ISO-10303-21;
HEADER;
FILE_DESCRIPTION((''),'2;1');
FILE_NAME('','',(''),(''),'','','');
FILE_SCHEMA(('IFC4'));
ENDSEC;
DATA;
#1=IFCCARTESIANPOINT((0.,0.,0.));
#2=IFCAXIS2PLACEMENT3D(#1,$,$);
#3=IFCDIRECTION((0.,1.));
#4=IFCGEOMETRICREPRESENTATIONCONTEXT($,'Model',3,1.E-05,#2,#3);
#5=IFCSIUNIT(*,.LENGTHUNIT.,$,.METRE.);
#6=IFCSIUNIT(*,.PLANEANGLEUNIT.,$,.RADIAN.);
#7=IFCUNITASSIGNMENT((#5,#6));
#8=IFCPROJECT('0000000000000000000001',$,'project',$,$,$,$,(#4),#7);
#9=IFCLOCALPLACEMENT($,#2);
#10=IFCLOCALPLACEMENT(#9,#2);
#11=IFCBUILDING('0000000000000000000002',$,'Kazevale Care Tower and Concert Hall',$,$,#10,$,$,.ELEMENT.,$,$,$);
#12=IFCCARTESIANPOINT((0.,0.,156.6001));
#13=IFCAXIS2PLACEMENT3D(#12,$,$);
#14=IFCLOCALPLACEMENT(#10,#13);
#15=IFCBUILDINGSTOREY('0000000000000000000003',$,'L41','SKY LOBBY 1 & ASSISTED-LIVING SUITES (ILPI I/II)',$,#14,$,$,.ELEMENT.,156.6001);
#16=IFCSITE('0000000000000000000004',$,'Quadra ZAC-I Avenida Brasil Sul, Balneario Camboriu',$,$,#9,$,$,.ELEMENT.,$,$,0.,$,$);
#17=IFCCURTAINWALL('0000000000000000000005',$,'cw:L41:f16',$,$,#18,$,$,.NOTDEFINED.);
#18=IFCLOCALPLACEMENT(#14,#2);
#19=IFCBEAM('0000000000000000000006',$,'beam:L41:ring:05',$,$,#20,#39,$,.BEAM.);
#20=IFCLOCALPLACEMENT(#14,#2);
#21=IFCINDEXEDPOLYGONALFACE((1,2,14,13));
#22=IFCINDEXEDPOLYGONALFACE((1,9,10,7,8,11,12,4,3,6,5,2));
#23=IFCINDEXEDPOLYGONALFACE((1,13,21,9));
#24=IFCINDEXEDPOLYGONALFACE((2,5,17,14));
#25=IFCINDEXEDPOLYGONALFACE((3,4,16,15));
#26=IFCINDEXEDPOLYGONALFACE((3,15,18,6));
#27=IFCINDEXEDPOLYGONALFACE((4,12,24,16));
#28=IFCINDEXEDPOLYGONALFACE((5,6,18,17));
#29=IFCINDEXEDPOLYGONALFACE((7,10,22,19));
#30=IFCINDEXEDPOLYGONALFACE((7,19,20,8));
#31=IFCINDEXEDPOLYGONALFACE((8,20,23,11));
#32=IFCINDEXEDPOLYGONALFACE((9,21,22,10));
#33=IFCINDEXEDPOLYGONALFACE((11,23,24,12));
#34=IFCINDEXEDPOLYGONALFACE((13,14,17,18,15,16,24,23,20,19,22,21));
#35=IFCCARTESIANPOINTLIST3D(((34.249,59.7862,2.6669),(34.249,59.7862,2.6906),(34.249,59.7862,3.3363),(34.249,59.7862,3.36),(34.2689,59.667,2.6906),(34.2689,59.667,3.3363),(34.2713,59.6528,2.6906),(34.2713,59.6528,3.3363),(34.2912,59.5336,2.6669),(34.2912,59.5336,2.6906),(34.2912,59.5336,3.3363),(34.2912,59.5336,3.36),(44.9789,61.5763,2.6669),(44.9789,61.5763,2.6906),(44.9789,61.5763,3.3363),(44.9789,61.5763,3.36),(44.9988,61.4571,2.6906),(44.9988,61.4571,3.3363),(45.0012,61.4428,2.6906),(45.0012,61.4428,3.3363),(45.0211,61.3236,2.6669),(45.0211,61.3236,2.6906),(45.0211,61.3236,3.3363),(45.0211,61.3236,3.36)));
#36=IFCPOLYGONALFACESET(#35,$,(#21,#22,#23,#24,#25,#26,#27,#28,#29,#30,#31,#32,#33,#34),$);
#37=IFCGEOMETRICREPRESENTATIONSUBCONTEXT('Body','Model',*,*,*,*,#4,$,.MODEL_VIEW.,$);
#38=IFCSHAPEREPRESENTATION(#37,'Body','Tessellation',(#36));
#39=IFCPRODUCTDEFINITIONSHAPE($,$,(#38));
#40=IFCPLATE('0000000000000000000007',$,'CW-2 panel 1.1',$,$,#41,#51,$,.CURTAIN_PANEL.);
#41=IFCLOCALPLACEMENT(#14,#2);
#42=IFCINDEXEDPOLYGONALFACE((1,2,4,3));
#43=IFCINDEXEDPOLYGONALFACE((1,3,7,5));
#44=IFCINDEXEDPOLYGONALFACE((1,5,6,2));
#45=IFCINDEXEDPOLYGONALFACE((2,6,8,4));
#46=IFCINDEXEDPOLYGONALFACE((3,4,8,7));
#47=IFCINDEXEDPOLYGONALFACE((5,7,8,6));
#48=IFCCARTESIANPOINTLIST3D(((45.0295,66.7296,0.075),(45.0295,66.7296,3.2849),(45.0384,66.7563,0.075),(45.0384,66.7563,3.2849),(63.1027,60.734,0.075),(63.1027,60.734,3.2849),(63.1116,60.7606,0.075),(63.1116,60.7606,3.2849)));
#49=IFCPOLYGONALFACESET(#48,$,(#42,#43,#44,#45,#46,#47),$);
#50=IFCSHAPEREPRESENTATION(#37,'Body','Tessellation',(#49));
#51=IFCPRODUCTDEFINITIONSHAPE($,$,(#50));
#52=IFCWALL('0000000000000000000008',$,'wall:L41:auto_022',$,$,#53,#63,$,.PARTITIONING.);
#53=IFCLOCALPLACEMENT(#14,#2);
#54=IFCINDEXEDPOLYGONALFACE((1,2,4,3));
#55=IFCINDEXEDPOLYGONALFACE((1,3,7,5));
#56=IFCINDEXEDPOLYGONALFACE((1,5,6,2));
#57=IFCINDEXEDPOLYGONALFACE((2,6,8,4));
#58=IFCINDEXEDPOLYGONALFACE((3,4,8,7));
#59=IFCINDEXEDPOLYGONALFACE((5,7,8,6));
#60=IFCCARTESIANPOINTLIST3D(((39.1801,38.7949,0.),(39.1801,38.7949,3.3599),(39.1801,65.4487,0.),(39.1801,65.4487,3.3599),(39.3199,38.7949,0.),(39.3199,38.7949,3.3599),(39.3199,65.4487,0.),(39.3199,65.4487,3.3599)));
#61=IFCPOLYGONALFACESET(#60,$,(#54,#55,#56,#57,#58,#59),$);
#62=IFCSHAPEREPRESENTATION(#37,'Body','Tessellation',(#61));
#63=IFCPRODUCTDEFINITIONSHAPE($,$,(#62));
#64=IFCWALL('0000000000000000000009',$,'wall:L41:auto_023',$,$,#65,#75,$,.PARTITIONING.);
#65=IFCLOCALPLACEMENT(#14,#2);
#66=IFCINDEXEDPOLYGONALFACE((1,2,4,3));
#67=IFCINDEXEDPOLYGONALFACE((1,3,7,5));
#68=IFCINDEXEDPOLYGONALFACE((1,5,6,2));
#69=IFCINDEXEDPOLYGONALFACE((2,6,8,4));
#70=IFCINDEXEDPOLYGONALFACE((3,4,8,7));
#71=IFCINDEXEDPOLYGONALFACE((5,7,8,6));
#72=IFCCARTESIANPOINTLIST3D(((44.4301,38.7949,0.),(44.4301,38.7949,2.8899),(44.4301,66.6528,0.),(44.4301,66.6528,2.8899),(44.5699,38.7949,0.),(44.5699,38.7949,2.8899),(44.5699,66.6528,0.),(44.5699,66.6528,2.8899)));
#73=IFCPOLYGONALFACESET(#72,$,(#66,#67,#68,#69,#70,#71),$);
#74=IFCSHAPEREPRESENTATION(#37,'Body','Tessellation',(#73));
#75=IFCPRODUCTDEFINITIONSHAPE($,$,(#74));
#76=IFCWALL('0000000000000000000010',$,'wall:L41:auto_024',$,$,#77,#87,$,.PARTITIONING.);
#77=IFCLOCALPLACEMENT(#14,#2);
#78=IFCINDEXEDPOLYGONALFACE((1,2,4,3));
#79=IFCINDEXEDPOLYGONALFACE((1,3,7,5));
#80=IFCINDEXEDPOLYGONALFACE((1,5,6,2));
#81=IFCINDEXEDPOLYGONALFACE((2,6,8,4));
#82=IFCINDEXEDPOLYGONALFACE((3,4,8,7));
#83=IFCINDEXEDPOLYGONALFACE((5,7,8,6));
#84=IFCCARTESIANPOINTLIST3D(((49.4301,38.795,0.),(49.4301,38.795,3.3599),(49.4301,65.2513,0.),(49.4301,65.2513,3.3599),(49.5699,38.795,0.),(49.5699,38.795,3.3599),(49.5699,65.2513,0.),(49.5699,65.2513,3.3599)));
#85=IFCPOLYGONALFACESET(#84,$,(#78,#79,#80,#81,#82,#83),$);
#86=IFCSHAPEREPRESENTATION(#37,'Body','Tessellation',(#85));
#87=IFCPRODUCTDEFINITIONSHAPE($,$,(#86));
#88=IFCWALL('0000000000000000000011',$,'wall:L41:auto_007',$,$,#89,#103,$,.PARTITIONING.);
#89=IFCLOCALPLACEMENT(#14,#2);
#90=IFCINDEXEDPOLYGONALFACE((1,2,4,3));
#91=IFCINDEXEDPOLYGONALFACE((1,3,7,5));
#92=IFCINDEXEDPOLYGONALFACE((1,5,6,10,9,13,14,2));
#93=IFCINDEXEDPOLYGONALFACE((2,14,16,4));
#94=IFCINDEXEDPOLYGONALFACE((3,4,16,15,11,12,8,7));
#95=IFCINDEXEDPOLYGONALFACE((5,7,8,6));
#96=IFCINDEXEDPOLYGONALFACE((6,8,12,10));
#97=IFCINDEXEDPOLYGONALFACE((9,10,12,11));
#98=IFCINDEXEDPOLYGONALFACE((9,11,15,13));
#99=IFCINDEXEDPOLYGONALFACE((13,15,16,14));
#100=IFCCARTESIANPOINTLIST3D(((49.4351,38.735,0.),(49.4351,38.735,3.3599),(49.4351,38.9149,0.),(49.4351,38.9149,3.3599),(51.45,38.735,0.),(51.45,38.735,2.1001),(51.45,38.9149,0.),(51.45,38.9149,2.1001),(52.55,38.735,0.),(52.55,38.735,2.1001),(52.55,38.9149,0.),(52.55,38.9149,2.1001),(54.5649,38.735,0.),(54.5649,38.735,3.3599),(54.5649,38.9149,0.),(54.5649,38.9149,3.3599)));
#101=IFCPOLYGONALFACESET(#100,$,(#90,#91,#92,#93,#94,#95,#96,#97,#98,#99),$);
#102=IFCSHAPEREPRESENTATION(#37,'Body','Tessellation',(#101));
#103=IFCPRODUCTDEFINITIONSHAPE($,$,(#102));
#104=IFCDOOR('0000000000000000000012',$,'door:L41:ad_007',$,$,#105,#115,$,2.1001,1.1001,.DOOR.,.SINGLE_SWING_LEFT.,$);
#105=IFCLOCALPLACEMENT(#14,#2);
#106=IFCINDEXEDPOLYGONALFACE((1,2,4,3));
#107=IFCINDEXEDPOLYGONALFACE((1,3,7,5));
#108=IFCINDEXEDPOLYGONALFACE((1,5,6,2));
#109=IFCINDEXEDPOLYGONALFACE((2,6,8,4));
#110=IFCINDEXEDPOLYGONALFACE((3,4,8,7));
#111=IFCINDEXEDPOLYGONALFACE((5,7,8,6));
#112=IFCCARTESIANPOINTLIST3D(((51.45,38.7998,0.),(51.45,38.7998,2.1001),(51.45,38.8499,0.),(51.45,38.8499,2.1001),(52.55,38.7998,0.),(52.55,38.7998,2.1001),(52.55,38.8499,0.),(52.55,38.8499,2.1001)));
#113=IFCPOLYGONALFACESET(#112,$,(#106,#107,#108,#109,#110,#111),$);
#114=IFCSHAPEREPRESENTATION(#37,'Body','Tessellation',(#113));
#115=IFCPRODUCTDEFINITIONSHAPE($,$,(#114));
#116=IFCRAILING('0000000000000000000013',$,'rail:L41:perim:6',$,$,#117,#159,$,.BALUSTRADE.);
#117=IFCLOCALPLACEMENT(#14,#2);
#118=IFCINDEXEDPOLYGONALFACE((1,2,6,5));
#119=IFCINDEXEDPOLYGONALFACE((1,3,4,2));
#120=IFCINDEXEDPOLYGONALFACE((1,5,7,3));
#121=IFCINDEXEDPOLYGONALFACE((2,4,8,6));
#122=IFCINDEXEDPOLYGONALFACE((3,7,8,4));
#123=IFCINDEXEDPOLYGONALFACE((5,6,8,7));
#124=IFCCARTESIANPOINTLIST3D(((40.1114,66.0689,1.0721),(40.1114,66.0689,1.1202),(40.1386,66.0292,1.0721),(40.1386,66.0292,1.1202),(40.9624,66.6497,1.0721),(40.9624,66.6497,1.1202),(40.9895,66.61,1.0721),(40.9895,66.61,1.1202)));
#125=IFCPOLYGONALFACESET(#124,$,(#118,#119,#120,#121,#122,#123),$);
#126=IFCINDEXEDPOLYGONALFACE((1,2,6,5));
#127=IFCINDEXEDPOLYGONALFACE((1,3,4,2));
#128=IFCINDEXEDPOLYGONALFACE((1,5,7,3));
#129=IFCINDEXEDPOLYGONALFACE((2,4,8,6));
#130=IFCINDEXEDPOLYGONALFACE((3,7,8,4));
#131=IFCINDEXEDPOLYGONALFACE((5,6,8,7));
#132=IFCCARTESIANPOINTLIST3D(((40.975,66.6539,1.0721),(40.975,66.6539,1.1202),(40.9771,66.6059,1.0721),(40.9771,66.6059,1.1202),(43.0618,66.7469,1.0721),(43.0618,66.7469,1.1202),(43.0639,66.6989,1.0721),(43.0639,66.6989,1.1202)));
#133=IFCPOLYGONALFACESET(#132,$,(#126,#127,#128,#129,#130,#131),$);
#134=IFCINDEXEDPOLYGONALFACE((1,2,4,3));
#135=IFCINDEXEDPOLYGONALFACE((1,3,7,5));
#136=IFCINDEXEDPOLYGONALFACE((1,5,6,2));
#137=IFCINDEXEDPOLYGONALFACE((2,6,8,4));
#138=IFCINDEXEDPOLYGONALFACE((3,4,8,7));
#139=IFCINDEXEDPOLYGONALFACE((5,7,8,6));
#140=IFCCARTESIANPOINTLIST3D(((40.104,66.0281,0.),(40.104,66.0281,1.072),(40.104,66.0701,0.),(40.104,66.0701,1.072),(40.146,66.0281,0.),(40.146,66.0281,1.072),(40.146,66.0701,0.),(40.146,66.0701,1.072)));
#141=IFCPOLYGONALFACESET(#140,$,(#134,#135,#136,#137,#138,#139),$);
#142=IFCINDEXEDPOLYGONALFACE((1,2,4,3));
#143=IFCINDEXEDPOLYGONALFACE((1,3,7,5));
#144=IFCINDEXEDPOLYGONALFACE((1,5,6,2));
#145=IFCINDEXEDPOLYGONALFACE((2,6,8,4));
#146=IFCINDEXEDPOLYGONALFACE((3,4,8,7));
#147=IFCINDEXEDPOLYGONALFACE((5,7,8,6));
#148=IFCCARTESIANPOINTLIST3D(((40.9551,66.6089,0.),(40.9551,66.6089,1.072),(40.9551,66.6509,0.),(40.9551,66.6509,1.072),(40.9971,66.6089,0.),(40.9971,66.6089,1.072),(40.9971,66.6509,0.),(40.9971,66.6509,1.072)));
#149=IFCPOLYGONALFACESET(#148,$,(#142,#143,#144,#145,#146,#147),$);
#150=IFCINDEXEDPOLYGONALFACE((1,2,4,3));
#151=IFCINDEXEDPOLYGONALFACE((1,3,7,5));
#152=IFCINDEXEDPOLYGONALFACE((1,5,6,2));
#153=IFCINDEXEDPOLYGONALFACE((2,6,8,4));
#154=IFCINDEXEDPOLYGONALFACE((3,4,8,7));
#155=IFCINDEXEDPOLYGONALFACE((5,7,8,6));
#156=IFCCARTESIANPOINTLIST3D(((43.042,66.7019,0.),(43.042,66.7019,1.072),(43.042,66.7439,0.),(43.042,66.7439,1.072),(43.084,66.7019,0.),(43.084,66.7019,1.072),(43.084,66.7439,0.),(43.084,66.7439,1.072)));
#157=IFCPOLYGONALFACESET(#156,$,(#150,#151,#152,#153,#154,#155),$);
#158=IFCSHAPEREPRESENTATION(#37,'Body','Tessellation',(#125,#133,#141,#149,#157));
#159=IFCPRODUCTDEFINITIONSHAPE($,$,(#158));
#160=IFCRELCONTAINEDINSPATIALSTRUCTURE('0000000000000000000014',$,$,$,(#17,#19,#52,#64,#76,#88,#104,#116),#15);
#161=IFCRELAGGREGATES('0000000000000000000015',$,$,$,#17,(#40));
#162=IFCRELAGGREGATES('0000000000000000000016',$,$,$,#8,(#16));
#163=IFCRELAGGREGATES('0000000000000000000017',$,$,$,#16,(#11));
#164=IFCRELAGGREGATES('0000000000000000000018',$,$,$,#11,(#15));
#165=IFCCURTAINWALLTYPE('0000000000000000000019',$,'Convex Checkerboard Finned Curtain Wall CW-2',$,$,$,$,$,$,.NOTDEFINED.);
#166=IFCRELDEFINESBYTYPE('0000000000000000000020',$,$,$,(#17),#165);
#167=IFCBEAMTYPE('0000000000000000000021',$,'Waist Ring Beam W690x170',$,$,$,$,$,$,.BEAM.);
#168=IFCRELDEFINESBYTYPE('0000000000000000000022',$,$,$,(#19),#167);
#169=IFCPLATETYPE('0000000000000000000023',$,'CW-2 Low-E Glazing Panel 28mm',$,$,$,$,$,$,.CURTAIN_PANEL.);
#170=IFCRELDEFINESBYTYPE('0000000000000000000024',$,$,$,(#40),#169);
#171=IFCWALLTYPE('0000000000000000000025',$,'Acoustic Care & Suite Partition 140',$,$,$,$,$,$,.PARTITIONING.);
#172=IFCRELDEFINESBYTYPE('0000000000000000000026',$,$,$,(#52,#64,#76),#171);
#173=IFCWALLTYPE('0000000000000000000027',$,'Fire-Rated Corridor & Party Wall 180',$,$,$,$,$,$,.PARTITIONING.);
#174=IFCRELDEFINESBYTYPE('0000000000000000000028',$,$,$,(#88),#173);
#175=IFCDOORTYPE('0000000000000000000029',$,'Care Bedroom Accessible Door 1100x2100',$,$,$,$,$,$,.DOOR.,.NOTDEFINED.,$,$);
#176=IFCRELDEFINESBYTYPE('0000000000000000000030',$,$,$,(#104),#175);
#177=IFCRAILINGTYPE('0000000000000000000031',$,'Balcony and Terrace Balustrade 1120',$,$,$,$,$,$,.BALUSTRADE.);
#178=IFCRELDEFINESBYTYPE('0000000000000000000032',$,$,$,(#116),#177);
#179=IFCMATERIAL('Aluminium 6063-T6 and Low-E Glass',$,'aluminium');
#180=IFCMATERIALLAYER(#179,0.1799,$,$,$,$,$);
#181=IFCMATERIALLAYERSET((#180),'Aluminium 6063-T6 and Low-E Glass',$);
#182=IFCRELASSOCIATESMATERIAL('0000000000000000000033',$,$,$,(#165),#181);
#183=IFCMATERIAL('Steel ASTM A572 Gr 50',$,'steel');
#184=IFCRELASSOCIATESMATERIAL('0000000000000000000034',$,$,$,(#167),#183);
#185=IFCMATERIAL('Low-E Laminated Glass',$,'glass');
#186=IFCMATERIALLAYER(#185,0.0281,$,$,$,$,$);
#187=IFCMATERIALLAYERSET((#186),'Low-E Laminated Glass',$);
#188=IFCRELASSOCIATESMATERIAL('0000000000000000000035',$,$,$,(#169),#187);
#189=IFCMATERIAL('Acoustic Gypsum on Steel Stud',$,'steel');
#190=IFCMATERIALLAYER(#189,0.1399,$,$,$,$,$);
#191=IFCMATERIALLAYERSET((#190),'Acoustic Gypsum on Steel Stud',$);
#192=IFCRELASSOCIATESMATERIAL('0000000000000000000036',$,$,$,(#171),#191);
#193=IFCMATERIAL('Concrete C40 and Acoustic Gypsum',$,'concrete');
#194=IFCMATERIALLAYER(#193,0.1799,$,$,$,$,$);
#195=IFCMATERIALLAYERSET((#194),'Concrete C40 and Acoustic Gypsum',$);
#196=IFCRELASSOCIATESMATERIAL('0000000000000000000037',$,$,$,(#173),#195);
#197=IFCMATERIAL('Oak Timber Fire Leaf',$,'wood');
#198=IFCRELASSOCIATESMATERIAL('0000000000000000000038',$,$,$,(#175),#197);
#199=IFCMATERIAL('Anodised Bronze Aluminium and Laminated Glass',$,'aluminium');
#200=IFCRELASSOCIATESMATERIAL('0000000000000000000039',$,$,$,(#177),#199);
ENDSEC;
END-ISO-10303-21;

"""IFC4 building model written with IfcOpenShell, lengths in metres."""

from ifc_helpers import new_model, si_unit, direction, frame, frame_2d, origin, origin_2d, place, context, subcontext, project, spatial, rectangle, i_section, extrude, material, layer, layer_set, material_profile, profile_set, type_object, element, fill, aggregate, save


model = new_model("IFC4")

# Units and contexts
model_context = context("Model", 3, precision=1e-05, world=origin(), true_north=direction((0.0, 1.0)))
body_context = subcontext(model_context, "Body", "Model", "MODEL_VIEW")
ifc_project = project(units=[si_unit("LENGTHUNIT", "METRE"), si_unit("PLANEANGLEUNIT", "RADIAN")], contexts=[model_context])

# Site, building, storey
site_placement = place(None, origin())
site = spatial("IfcSite", under=ifc_project, at=site_placement, Name="Quadra ZAC-I Avenida Brasil Sul, Balneario Camboriu", CompositionType="ELEMENT", RefElevation=0.0)
building_placement = place(site_placement, origin())
building = spatial("IfcBuilding", under=site, at=building_placement, Name="Kazevale Care Tower and Concert Hall", CompositionType="ELEMENT")
storey_placement = place(building_placement, frame((0.0, 0.0, 156.6001)))
storey = spatial("IfcBuildingStorey", under=building, at=storey_placement, Name="L41", Description="SKY LOBBY 1 & ASSISTED-LIVING SUITES (ILPI I/II)", CompositionType="ELEMENT", Elevation=156.6001)

# Curtain wall
ifc_material_1 = material(Name="Aluminium 6063-T6 and Low-E Glass", Category="aluminium")
ifc_layer_1 = layer(ifc_material_1, 0.1799)
ifc_layer_set_1 = layer_set([ifc_layer_1], Name="Aluminium 6063-T6 and Low-E Glass")
curtain_wall_type_1 = type_object("IfcCurtainWallType", Name="Convex Checkerboard Finned Curtain Wall CW-2", PredefinedType="NOTDEFINED", material=ifc_layer_set_1)
curtain_wall_1_placement = place(storey_placement, origin())
curtain_wall_1 = element("IfcCurtainWall", 1, at=curtain_wall_1_placement, inside=storey, type_object=curtain_wall_type_1, Name="cw:L41:f16", PredefinedType="NOTDEFINED")

# Beam
ifc_material_2 = material(Name="Steel ASTM A572 Gr 50", Category="steel")
ifc_material_profile_1 = material_profile(ifc_material_2, i_section(OverallWidth=0.2561, OverallDepth=0.6931, WebThickness=0.0144, FlangeThickness=0.0237, at=origin_2d()), Name="W690x170")
ifc_profile_set_1 = profile_set([ifc_material_profile_1], Name="Steel ASTM A572 Gr 50")
beam_type_1 = type_object("IfcBeamType", Name="Waist Ring Beam W690x170", PredefinedType="BEAM", material=ifc_profile_set_1)
beam_1_placement = place(storey_placement, frame((45.0, 61.45, 3.0134), z_axis=(-0.986368, -0.164552, 0.0), x_axis=(0.164552, -0.986368, 0.0)))
element("IfcBeam", 2, at=beam_1_placement, inside=storey, type_object=beam_type_1, Name="beam:L41:ring:05", PredefinedType="BEAM", context=body_context, shape_type="SweptSolid", body=[
    extrude(i_section(OverallWidth=0.2561, OverallDepth=0.6931, WebThickness=0.0144, FlangeThickness=0.0237, at=origin_2d()), origin(), (0.0, 0.0, 1.0), 10.8782),
])

# Plate
ifc_material_3 = material(Name="Low-E Laminated Glass", Category="glass")
ifc_layer_2 = layer(ifc_material_3, 0.0281)
ifc_layer_set_2 = layer_set([ifc_layer_2], Name="Low-E Laminated Glass")
plate_type = type_object("IfcPlateType", Name="CW-2 Low-E Glazing Panel 28mm", PredefinedType="CURTAIN_PANEL", material=ifc_layer_set_2)
plate_placement = place(storey_placement, frame((54.0706, 63.7451, 0.075), z_axis=(0.0, 0.0, 1.0), x_axis=(0.949135, -0.314868, 0.0)))
plate = element("IfcPlate", 3, at=plate_placement, type_object=plate_type, Name="CW-2 panel 1.1", PredefinedType="CURTAIN_PANEL", context=body_context, shape_type="SweptSolid", body=[
    extrude(rectangle(XDim=19.0417, YDim=0.0281, at=origin_2d()), origin(), (0.0, 0.0, 1.0), 3.21),
])
aggregate(curtain_wall_1, [plate])

# Walls
ifc_material_4 = material(Name="Acoustic Gypsum on Steel Stud", Category="steel")
ifc_layer_3 = layer(ifc_material_4, 0.1399)
ifc_layer_set_3 = layer_set([ifc_layer_3], Name="Acoustic Gypsum on Steel Stud")
wall_type_1 = type_object("IfcWallType", Name="Acoustic Care & Suite Partition 140", PredefinedType="PARTITIONING", material=ifc_layer_set_3)
wall_1_placement = place(storey_placement, frame((39.25, 65.4487, 0.0), z_axis=(0.0, 0.0, 1.0), x_axis=(0.0, -1.0, 0.0)))
element("IfcWall", 4, at=wall_1_placement, inside=storey, type_object=wall_type_1, Name="wall:L41:auto_022", PredefinedType="PARTITIONING", context=body_context, shape_type="SweptSolid", body=[
    extrude(rectangle(XDim=26.6538, YDim=0.1399, at=frame_2d((13.3269, 0.0))), origin(), (0.0, 0.0, 1.0), 3.3599),
])
wall_2_placement = place(storey_placement, frame((44.5, 66.6528, 0.0), z_axis=(0.0, 0.0, 1.0), x_axis=(0.0, -1.0, 0.0)))
element("IfcWall", 5, at=wall_2_placement, inside=storey, type_object=wall_type_1, Name="wall:L41:auto_023", PredefinedType="PARTITIONING", context=body_context, shape_type="SweptSolid", body=[
    extrude(rectangle(XDim=27.8579, YDim=0.1399, at=frame_2d((13.929, 0.0))), origin(), (0.0, 0.0, 1.0), 2.8899),
])
wall_3_placement = place(storey_placement, frame((49.5, 65.2512, 0.0), z_axis=(0.0, 0.0, 1.0), x_axis=(0.0, -1.0, 0.0)))
element("IfcWall", 6, at=wall_3_placement, inside=storey, type_object=wall_type_1, Name="wall:L41:auto_024", PredefinedType="PARTITIONING", context=body_context, shape_type="SweptSolid", body=[
    extrude(rectangle(XDim=26.4563, YDim=0.1399, at=frame_2d((13.228, 0.0))), origin(), (0.0, 0.0, 1.0), 3.3599),
])

# Wall, opening, door
ifc_material_5 = material(Name="Concrete C40 and Acoustic Gypsum", Category="concrete")
ifc_layer_4 = layer(ifc_material_5, 0.1799)
ifc_layer_set_4 = layer_set([ifc_layer_4], Name="Concrete C40 and Acoustic Gypsum")
wall_type_2 = type_object("IfcWallType", Name="Fire-Rated Corridor & Party Wall 180", PredefinedType="PARTITIONING", material=ifc_layer_set_4)
wall_4_placement = place(storey_placement, frame((49.4351, 38.825, 0.0), z_axis=(0.0, 0.0, 1.0), x_axis=(1.0, 0.0, 0.0)))
wall_4 = element("IfcWall", 7, at=wall_4_placement, inside=storey, type_object=wall_type_2, Name="wall:L41:auto_007", PredefinedType="PARTITIONING", context=body_context, shape_type="SweptSolid", body=[
    extrude(rectangle(XDim=5.1299, YDim=0.1799, at=frame_2d((2.5649, 0.0))), origin(), (0.0, 0.0, 1.0), 3.3599),
])
opening_placement = place(wall_4_placement, frame((2.0149, 0.0, 0.0)))
opening = element("IfcOpeningElement", 8, at=opening_placement, cuts=wall_4, PredefinedType="OPENING", context=body_context, shape_type="SweptSolid", body=[
    extrude(rectangle(XDim=1.1001, YDim=2.1001, at=frame_2d((0.55, 1.05))), frame((0.0, 0.0999, 0.0), z_axis=(0.0, -1.0, 0.0), x_axis=(1.0, 0.0, 0.0)), (0.0, 0.0, 1.0), 0.2),
])
ifc_material_6 = material(Name="Oak Timber Fire Leaf", Category="wood")
door_type = type_object("IfcDoorType", Name="Care Bedroom Accessible Door 1100x2100", OperationType="NOTDEFINED", PredefinedType="DOOR", material=ifc_material_6)
door_placement = place(opening_placement, origin())
door = element("IfcDoor", 9, at=door_placement, inside=storey, type_object=door_type, Name="door:L41:ad_007", OperationType="SINGLE_SWING_LEFT", OverallHeight=2.1001, OverallWidth=1.1001, PredefinedType="DOOR", context=body_context, shape_type="SweptSolid", body=[
    extrude(rectangle(XDim=1.1001, YDim=2.1001, at=frame_2d((0.55, 1.05))), frame((0.0, 0.0249, 0.0), z_axis=(0.0, -1.0, 0.0), x_axis=(1.0, 0.0, 0.0)), (0.0, 0.0, 1.0), 0.05),
])
fill(opening, door)

# Railing
ifc_material_7 = material(Name="Anodised Bronze Aluminium and Laminated Glass", Category="aluminium")
railing_type = type_object("IfcRailingType", Name="Balcony and Terrace Balustrade 1120", PredefinedType="BALUSTRADE", material=ifc_material_7)
railing_1_placement = place(storey_placement, frame((40.125, 66.0491, 0.0)))
element("IfcRailing", 10, at=railing_1_placement, inside=storey, type_object=railing_type, Name="rail:L41:perim:6", PredefinedType="BALUSTRADE", context=body_context, shape_type="SweptSolid", body=[
    extrude(rectangle(XDim=0.0481, YDim=0.0481, at=origin_2d()), frame((0.0, 0.0, 1.0962), z_axis=(0.825987, 0.56369, 0.0), x_axis=(-0.56369, 0.825987, 0.0)), (0.0, 0.0, 1.0), 1.0303),
    extrude(rectangle(XDim=0.0481, YDim=0.0481, at=origin_2d()), frame((0.8511, 0.5808, 1.0962), z_axis=(0.999008, 0.044528, 0.0), x_axis=(-0.044528, 0.999008, 0.0)), (0.0, 0.0, 1.0), 2.0889),
    extrude(rectangle(XDim=0.042, YDim=0.042, at=origin_2d()), origin(), (0.0, 0.0, 1.0), 1.072),
    extrude(rectangle(XDim=0.042, YDim=0.042, at=origin_2d()), frame((0.8511, 0.5808, 0.0)), (0.0, 0.0, 1.0), 1.072),
    extrude(rectangle(XDim=0.042, YDim=0.042, at=origin_2d()), frame((2.938, 0.6738, 0.0)), (0.0, 0.0, 1.0), 1.072),
])

save(model, "model.ifc")
